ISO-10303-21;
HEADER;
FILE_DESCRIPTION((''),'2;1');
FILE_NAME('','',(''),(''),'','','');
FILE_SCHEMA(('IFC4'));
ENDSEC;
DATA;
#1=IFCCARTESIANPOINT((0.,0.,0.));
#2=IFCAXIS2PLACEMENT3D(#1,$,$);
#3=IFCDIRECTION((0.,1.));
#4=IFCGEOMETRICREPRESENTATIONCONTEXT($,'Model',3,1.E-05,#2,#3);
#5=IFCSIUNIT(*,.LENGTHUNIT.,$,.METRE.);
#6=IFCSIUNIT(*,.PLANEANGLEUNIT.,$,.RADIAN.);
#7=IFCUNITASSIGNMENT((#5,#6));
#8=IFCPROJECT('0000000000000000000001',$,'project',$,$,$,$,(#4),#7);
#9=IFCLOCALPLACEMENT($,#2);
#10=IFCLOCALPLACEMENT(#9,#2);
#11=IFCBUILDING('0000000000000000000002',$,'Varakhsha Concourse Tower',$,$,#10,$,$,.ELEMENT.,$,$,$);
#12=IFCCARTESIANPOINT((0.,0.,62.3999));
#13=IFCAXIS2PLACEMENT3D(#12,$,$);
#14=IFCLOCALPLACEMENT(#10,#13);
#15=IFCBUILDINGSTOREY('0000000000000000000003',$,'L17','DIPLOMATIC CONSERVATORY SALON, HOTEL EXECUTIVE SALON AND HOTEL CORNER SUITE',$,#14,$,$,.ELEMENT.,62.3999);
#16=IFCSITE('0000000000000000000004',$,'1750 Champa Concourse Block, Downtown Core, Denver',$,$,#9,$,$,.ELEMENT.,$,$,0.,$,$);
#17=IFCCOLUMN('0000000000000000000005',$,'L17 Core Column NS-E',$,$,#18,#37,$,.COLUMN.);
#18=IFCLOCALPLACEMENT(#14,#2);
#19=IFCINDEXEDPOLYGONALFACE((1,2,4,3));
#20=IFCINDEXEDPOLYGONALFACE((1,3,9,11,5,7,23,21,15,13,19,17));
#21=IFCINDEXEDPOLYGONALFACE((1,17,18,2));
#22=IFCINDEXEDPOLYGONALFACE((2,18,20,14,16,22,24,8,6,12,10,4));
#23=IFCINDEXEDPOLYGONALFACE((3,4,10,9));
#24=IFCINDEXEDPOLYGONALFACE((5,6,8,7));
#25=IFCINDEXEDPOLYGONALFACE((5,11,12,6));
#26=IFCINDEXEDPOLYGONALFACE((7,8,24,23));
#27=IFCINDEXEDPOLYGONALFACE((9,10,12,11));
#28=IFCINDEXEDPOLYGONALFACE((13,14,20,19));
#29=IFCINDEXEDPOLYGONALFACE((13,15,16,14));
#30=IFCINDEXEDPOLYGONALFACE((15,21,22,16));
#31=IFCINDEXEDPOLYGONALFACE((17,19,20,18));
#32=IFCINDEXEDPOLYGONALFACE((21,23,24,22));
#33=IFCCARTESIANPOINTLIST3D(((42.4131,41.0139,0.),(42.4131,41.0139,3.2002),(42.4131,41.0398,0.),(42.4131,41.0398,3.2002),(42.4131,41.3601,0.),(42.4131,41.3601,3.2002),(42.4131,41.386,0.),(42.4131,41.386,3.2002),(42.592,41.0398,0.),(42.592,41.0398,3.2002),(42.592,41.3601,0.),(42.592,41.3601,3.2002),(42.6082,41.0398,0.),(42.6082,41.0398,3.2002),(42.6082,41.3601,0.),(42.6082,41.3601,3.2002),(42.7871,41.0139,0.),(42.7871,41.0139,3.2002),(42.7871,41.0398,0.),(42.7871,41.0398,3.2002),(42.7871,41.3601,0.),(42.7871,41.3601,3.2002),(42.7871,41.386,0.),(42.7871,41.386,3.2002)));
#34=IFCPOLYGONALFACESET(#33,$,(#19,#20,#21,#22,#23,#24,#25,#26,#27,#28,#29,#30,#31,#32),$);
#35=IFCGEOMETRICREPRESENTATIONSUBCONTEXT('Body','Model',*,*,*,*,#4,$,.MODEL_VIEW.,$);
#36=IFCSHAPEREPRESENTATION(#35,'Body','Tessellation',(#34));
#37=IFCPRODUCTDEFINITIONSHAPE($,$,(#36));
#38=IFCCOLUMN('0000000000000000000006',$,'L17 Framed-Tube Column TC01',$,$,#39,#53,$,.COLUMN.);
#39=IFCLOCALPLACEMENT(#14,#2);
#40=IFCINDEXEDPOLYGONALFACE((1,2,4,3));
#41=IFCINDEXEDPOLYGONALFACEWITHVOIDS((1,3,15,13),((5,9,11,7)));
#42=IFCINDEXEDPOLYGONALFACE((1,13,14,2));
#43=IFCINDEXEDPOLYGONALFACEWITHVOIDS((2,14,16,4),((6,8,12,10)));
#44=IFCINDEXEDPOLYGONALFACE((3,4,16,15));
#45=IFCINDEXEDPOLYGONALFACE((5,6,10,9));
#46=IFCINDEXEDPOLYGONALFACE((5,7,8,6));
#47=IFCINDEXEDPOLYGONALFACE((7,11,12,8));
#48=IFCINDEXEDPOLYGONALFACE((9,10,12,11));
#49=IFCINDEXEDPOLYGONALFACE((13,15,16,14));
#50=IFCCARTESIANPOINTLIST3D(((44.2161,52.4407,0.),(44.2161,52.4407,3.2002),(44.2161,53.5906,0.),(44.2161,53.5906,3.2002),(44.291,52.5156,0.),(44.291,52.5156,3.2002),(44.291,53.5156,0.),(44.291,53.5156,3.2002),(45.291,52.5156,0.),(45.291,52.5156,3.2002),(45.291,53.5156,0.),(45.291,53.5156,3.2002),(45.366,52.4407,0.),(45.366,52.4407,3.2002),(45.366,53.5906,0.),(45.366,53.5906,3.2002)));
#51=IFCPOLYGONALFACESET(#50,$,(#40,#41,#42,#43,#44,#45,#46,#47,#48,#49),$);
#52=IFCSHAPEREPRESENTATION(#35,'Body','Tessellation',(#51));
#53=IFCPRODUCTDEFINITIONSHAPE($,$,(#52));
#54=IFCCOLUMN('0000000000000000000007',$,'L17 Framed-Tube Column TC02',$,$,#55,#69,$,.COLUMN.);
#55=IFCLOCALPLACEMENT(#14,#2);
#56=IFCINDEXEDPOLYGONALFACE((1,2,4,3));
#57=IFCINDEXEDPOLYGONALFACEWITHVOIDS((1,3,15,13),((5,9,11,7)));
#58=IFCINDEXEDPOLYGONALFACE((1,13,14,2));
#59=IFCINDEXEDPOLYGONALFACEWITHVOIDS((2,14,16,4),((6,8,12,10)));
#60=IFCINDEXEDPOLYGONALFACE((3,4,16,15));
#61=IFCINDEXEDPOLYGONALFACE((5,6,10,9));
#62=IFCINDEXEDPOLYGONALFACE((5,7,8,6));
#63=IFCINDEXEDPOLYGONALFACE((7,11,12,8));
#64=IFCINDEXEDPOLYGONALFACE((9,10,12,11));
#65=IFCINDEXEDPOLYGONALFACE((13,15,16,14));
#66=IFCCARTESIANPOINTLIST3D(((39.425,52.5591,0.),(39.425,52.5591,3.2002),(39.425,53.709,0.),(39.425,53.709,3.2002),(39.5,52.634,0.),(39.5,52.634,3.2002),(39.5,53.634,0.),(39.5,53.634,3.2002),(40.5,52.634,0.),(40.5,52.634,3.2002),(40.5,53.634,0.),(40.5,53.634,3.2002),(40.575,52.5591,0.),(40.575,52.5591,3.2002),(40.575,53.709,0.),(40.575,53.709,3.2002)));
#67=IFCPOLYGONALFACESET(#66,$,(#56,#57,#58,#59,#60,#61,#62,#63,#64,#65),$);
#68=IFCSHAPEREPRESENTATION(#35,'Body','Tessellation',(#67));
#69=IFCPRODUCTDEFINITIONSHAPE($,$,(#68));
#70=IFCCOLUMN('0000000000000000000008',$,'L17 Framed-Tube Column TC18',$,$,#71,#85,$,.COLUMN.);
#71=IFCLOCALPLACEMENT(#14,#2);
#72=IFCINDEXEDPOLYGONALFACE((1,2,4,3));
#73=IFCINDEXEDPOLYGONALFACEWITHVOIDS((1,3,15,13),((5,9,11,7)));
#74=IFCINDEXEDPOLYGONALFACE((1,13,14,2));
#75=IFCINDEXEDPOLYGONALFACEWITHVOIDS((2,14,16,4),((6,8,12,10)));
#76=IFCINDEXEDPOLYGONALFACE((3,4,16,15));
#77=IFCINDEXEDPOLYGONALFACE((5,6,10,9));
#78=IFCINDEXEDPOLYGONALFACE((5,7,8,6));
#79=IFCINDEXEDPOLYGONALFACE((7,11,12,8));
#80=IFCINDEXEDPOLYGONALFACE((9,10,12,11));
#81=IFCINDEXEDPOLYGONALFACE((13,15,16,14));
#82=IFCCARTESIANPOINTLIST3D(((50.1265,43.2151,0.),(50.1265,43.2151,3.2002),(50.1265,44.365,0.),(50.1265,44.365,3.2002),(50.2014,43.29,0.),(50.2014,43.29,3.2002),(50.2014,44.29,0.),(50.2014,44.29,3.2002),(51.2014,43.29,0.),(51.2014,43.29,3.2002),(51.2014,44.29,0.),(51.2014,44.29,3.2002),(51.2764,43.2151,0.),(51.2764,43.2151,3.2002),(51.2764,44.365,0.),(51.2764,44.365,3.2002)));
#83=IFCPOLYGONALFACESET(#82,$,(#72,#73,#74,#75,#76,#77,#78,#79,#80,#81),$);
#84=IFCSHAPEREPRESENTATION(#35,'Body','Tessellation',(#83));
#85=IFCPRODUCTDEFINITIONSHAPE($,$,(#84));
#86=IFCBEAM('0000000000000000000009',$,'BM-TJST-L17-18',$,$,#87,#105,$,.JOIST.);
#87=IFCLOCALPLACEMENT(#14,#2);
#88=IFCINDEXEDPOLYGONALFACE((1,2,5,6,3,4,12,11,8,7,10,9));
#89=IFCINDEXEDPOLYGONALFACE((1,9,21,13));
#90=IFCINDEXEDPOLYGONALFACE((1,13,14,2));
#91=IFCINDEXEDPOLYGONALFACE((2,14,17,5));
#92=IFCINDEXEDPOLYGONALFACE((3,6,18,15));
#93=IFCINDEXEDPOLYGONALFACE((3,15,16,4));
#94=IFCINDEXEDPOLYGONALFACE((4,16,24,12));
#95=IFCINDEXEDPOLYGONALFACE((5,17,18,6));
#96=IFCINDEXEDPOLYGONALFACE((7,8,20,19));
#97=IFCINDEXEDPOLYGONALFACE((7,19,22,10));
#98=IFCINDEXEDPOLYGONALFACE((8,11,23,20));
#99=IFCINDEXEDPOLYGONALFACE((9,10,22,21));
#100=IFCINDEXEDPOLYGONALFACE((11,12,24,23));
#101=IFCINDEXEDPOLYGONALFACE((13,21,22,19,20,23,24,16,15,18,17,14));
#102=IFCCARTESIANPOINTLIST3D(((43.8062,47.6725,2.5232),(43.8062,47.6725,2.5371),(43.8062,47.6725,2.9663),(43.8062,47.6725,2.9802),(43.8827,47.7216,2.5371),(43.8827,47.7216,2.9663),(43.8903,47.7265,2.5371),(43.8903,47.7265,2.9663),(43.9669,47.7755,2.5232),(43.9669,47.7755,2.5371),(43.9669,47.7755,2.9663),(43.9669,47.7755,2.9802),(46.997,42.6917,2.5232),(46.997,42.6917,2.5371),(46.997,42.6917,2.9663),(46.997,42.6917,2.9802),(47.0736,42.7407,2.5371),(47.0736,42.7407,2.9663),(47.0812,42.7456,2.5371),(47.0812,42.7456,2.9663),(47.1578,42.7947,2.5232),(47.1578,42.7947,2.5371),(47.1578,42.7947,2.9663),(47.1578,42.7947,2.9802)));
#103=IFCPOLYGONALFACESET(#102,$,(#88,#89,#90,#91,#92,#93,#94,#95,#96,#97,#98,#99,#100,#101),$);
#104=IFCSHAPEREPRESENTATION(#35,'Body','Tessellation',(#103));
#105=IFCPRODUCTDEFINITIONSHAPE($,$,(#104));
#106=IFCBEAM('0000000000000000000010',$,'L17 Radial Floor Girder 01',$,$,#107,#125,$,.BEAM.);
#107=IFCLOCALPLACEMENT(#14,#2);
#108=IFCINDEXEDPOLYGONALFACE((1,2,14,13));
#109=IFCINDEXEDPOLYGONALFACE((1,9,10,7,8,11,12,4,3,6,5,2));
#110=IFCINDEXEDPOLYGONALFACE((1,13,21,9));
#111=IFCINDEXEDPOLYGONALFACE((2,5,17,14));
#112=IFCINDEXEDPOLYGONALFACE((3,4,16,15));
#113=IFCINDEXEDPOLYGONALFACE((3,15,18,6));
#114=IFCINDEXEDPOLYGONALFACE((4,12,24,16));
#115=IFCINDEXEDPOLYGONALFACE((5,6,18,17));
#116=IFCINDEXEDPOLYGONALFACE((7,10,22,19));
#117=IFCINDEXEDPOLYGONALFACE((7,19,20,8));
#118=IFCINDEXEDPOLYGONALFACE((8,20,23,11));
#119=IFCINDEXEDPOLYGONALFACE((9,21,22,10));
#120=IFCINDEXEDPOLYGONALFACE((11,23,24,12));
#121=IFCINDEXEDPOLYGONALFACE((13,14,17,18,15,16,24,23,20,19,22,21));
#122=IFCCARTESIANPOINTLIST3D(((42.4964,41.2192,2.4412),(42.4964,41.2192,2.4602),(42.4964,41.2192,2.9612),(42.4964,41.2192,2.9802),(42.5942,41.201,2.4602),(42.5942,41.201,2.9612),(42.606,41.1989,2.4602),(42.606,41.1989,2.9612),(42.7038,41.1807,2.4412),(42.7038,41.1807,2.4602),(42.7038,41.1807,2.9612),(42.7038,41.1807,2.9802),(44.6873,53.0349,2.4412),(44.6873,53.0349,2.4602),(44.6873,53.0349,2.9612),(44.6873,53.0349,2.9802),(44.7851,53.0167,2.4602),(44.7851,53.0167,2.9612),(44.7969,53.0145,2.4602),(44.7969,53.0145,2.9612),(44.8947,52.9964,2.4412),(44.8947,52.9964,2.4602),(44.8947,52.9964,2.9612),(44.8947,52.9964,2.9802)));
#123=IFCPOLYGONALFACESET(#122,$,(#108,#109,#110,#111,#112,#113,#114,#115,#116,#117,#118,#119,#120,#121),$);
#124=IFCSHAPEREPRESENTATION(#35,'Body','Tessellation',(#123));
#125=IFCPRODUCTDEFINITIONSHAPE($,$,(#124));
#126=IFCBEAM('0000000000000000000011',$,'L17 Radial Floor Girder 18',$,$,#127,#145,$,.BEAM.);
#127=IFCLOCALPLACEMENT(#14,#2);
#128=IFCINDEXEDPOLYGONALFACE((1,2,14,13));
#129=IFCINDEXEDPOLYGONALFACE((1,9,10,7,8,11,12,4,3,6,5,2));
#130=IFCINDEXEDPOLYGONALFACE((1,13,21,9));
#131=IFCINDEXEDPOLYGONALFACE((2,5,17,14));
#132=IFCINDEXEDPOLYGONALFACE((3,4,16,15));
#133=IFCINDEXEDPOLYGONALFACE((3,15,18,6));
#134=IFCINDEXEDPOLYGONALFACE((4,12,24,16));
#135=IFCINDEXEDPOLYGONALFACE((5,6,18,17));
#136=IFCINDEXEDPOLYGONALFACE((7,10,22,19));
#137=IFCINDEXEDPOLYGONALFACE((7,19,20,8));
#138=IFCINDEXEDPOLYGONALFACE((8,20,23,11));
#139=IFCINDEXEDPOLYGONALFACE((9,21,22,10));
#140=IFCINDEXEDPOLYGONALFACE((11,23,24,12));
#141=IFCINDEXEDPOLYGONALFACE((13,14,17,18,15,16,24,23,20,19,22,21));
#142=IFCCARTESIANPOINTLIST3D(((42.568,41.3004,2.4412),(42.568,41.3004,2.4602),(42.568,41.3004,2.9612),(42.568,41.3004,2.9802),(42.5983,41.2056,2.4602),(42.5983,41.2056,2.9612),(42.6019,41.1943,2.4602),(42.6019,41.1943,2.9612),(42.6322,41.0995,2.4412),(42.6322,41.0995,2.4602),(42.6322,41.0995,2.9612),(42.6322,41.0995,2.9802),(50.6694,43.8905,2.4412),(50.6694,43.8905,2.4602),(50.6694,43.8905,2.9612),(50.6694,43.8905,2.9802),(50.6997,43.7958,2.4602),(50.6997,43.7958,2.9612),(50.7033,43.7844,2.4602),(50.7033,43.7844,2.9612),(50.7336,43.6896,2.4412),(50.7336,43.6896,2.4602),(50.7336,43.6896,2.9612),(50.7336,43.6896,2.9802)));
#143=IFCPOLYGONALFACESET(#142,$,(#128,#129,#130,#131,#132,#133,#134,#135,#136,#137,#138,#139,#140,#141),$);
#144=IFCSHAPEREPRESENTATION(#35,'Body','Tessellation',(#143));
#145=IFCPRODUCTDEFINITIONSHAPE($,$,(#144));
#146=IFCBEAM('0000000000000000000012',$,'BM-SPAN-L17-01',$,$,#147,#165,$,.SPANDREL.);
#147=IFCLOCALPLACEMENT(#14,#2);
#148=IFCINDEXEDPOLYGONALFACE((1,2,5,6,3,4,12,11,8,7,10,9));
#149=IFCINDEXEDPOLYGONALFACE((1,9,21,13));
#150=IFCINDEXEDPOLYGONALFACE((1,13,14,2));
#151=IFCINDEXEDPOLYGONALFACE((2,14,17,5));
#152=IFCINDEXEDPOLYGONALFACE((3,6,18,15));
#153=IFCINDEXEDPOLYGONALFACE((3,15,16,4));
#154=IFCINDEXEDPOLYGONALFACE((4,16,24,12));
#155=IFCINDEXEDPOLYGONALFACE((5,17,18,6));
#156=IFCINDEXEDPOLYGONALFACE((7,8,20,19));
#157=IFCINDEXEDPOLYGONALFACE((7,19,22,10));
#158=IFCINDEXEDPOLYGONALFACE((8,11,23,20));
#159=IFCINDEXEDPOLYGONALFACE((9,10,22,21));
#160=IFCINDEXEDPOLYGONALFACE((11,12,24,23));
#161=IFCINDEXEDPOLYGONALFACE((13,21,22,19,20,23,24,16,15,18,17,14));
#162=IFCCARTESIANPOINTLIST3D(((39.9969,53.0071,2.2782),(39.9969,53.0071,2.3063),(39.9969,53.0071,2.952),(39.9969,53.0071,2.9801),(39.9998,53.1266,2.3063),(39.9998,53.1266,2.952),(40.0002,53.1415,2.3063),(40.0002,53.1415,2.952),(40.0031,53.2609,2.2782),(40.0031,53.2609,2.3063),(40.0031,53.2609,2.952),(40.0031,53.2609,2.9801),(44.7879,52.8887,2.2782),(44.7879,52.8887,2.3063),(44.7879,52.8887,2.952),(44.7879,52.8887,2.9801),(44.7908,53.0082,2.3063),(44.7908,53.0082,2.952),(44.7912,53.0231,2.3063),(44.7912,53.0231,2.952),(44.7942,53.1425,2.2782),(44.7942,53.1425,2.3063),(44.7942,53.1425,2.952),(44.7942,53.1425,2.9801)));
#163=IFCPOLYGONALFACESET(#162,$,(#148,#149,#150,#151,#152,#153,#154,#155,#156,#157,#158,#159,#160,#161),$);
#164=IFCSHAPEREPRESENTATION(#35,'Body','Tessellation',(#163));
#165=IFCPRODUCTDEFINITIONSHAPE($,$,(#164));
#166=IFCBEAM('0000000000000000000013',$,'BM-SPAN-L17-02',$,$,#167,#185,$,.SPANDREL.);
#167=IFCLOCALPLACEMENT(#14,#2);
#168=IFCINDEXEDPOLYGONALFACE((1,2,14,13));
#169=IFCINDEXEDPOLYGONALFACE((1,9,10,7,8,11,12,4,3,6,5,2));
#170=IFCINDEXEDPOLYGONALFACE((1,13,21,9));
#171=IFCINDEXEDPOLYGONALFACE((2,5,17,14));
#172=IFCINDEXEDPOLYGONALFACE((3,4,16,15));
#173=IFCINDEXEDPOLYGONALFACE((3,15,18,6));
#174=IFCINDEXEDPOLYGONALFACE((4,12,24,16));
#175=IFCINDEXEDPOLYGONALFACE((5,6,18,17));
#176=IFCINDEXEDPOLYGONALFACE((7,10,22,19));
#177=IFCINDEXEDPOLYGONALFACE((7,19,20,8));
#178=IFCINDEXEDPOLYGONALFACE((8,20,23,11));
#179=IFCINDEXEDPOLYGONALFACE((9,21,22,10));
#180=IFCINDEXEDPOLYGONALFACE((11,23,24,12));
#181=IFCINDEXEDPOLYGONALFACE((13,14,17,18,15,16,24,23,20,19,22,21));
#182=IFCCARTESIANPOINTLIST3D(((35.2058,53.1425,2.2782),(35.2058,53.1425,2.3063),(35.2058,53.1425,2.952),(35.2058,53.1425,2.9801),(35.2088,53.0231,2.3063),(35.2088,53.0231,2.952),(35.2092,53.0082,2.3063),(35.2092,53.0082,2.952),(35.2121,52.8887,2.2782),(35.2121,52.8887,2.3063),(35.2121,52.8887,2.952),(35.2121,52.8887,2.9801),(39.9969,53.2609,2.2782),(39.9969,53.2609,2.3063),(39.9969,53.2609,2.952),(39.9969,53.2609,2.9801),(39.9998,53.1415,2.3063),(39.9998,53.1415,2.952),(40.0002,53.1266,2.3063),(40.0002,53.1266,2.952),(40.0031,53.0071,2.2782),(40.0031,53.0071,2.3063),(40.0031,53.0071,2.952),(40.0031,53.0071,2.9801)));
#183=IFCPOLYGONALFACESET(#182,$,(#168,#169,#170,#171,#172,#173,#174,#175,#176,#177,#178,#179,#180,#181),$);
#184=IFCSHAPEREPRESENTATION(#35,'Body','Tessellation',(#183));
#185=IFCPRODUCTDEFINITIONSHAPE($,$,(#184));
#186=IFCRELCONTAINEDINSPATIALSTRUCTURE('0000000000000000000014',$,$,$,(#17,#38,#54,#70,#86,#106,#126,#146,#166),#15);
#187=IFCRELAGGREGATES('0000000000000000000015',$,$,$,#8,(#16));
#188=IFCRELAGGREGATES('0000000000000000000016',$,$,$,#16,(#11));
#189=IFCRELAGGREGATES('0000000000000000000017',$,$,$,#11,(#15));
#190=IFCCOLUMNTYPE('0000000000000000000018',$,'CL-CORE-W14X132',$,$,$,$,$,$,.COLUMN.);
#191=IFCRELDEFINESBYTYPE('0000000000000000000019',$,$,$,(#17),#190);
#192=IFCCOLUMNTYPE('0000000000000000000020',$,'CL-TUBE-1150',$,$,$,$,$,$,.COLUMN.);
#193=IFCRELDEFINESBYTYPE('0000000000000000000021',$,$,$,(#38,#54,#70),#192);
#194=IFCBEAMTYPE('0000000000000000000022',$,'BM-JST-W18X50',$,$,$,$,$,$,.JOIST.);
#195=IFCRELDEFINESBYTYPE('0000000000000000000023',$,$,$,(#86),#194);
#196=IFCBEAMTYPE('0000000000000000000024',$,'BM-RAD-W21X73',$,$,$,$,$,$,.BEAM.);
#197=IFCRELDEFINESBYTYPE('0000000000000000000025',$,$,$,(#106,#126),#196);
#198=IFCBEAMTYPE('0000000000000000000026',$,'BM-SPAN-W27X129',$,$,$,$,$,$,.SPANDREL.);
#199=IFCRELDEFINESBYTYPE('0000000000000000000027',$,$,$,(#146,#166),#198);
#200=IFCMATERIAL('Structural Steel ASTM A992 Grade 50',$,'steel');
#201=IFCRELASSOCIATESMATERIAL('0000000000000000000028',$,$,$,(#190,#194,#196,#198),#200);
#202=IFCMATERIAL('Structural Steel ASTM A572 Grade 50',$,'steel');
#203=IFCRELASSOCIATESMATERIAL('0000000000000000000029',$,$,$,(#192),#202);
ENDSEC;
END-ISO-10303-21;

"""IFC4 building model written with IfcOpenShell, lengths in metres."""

from ifc_helpers import new_model, si_unit, direction, frame, origin, origin_2d, place, context, subcontext, project, spatial, hollow_rectangle, i_section, extrude, material, material_profile, profile_set, type_object, element, save


model = new_model("IFC4")

# Units and contexts
model_context = context("Model", 3, precision=1e-05, world=origin(), true_north=direction((0.0, 1.0)))
body_context = subcontext(model_context, "Body", "Model", "MODEL_VIEW")
ifc_project = project(units=[si_unit("LENGTHUNIT", "METRE"), si_unit("PLANEANGLEUNIT", "RADIAN")], contexts=[model_context])

# Site, building, storey
site_placement = place(None, origin())
site = spatial("IfcSite", under=ifc_project, at=site_placement, Name="1750 Champa Concourse Block, Downtown Core, Denver", CompositionType="ELEMENT", RefElevation=0.0)
building_placement = place(site_placement, origin())
building = spatial("IfcBuilding", under=site, at=building_placement, Name="Varakhsha Concourse Tower", CompositionType="ELEMENT")
storey_placement = place(building_placement, frame((0.0, 0.0, 62.3999)))
storey = spatial("IfcBuildingStorey", under=building, at=storey_placement, Name="L17", Description="DIPLOMATIC CONSERVATORY SALON, HOTEL EXECUTIVE SALON AND HOTEL CORNER SUITE", CompositionType="ELEMENT", Elevation=62.3999)

# Columns
ifc_material_1 = material(Name="Structural Steel ASTM A992 Grade 50", Category="steel")
ifc_material_profile_1 = material_profile(ifc_material_1, i_section(OverallWidth=0.374, OverallDepth=0.3721, WebThickness=0.0161, FlangeThickness=0.0259, at=origin_2d()), Name="W14X132")
ifc_profile_set_1 = profile_set([ifc_material_profile_1], Name="Structural Steel ASTM A992 Grade 50")
column_type_1 = type_object("IfcColumnType", Name="CL-CORE-W14X132", PredefinedType="COLUMN", material=ifc_profile_set_1)
column_placement = place(storey_placement, frame((42.6001, 41.2, 0.0), z_axis=(0.0, 0.0, 1.0), x_axis=(1.0, 0.0, 0.0)))
element("IfcColumn", 1, at=column_placement, inside=storey, type_object=column_type_1, Name="L17 Core Column NS-E", PredefinedType="COLUMN", context=body_context, shape_type="SweptSolid", body=[
    extrude(i_section(OverallWidth=0.374, OverallDepth=0.3721, WebThickness=0.0161, FlangeThickness=0.0259, at=origin_2d()), origin(), (0.0, 0.0, 1.0), 3.2002),
])
ifc_material_2 = material(Name="Structural Steel ASTM A572 Grade 50", Category="steel")
ifc_material_profile_2 = material_profile(ifc_material_2, hollow_rectangle(XDim=1.1499, YDim=1.1499, WallThickness=0.075, at=origin_2d()), Name="BOX 1150x1150x75")
ifc_profile_set_2 = profile_set([ifc_material_profile_2], Name="Structural Steel ASTM A572 Grade 50")
column_type_2 = type_object("IfcColumnType", Name="CL-TUBE-1150", PredefinedType="COLUMN", material=ifc_profile_set_2)
for number, where, z_axis, x_axis, name in (
    (2, (44.791, 53.0156, 0.0), (0.0, 0.0, 1.0), (1.0, 0.0, 0.0), "L17 Framed-Tube Column TC01"),
    (3, (40.0, 53.134, 0.0), (0.0, 0.0, 1.0), (1.0, 0.0, 0.0), "L17 Framed-Tube Column TC02"),
    (4, (50.7014, 43.79, 0.0), (0.0, 0.0, 1.0), (1.0, 0.0, 0.0), "L17 Framed-Tube Column TC18"),
):
    element("IfcColumn", number, at=place(storey_placement, frame(where, z_axis=z_axis, x_axis=x_axis)), inside=storey, type_object=column_type_2, Name=name, PredefinedType="COLUMN", context=body_context, shape_type="SweptSolid", body=[
        extrude(hollow_rectangle(XDim=1.1499, YDim=1.1499, WallThickness=0.075, at=origin_2d()), origin(), (0.0, 0.0, 1.0), 3.2002),
    ])

# Beams
ifc_material_profile_3 = material_profile(ifc_material_1, i_section(OverallWidth=0.1909, OverallDepth=0.457, WebThickness=0.009, FlangeThickness=0.0139, at=origin_2d()), Name="W18X50")
ifc_profile_set_3 = profile_set([ifc_material_profile_3], Name="Structural Steel ASTM A992 Grade 50")
beam_type_1 = type_object("IfcBeamType", Name="BM-JST-W18X50", PredefinedType="JOIST", material=ifc_profile_set_3)
beam_1_placement = place(storey_placement, frame((47.0774, 42.7432, 2.7517), z_axis=(-0.539426, 0.842033, 0.0), x_axis=(-0.842033, -0.539426, 0.0)))
element("IfcBeam", 5, at=beam_1_placement, inside=storey, type_object=beam_type_1, Name="BM-TJST-L17-18", PredefinedType="JOIST", context=body_context, shape_type="SweptSolid", body=[
    extrude(i_section(OverallWidth=0.1909, OverallDepth=0.457, WebThickness=0.009, FlangeThickness=0.0139, at=origin_2d()), origin(), (0.0, 0.0, 1.0), 5.9153),
])
ifc_material_profile_4 = material_profile(ifc_material_1, i_section(OverallWidth=0.2109, OverallDepth=0.5391, WebThickness=0.012, FlangeThickness=0.019, at=origin_2d()), Name="W21X73")
ifc_profile_set_4 = profile_set([ifc_material_profile_4], Name="Structural Steel ASTM A992 Grade 50")
beam_type_2 = type_object("IfcBeamType", Name="BM-RAD-W21X73", PredefinedType="BEAM", material=ifc_profile_set_4)
beam_2_placement = place(storey_placement, frame((42.6001, 41.2, 2.7107), z_axis=(0.182317, 0.98324, 0.0), x_axis=(-0.98324, 0.182317, 0.0)))
element("IfcBeam", 6, at=beam_2_placement, inside=storey, type_object=beam_type_2, Name="L17 Radial Floor Girder 01", PredefinedType="BEAM", context=body_context, shape_type="SweptSolid", body=[
    extrude(i_section(OverallWidth=0.2109, OverallDepth=0.5391, WebThickness=0.012, FlangeThickness=0.019, at=origin_2d()), origin(), (0.0, 0.0, 1.0), 12.0171),
])
beam_3_placement = place(storey_placement, frame((42.6001, 41.2, 2.7107), z_axis=(0.952504, 0.304527, 0.0), x_axis=(-0.304527, 0.952504, 0.0)))
element("IfcBeam", 7, at=beam_3_placement, inside=storey, type_object=beam_type_2, Name="L17 Radial Floor Girder 18", PredefinedType="BEAM", context=body_context, shape_type="SweptSolid", body=[
    extrude(i_section(OverallWidth=0.2109, OverallDepth=0.5391, WebThickness=0.012, FlangeThickness=0.019, at=origin_2d()), origin(), (0.0, 0.0, 1.0), 8.5054),
])
ifc_material_profile_5 = material_profile(ifc_material_1, i_section(OverallWidth=0.2539, OverallDepth=0.7019, WebThickness=0.0149, FlangeThickness=0.0281, at=origin_2d()), Name="W27X129")
ifc_profile_set_5 = profile_set([ifc_material_profile_5], Name="Structural Steel ASTM A992 Grade 50")
beam_type_3 = type_object("IfcBeamType", Name="BM-SPAN-W27X129", PredefinedType="SPANDREL", material=ifc_profile_set_5)
for number, where, z_axis, x_axis, name in (
    (8, (44.791, 53.0156, 2.6292), (-0.999695, 0.024707, 0.0), (-0.024707, -0.999695, 0.0), "BM-SPAN-L17-01"),
    (9, (40.0, 53.134, 2.6292), (-0.999695, -0.024707, 0.0), (0.024707, -0.999695, 0.0), "BM-SPAN-L17-02"),
):
    element("IfcBeam", number, at=place(storey_placement, frame(where, z_axis=z_axis, x_axis=x_axis)), inside=storey, type_object=beam_type_3, Name=name, PredefinedType="SPANDREL", context=body_context, shape_type="SweptSolid", body=[
        extrude(i_section(OverallWidth=0.2539, OverallDepth=0.7019, WebThickness=0.0149, FlangeThickness=0.0281, at=origin_2d()), origin(), (0.0, 0.0, 1.0), 4.7925),
    ])

save(model, "model.ifc")
